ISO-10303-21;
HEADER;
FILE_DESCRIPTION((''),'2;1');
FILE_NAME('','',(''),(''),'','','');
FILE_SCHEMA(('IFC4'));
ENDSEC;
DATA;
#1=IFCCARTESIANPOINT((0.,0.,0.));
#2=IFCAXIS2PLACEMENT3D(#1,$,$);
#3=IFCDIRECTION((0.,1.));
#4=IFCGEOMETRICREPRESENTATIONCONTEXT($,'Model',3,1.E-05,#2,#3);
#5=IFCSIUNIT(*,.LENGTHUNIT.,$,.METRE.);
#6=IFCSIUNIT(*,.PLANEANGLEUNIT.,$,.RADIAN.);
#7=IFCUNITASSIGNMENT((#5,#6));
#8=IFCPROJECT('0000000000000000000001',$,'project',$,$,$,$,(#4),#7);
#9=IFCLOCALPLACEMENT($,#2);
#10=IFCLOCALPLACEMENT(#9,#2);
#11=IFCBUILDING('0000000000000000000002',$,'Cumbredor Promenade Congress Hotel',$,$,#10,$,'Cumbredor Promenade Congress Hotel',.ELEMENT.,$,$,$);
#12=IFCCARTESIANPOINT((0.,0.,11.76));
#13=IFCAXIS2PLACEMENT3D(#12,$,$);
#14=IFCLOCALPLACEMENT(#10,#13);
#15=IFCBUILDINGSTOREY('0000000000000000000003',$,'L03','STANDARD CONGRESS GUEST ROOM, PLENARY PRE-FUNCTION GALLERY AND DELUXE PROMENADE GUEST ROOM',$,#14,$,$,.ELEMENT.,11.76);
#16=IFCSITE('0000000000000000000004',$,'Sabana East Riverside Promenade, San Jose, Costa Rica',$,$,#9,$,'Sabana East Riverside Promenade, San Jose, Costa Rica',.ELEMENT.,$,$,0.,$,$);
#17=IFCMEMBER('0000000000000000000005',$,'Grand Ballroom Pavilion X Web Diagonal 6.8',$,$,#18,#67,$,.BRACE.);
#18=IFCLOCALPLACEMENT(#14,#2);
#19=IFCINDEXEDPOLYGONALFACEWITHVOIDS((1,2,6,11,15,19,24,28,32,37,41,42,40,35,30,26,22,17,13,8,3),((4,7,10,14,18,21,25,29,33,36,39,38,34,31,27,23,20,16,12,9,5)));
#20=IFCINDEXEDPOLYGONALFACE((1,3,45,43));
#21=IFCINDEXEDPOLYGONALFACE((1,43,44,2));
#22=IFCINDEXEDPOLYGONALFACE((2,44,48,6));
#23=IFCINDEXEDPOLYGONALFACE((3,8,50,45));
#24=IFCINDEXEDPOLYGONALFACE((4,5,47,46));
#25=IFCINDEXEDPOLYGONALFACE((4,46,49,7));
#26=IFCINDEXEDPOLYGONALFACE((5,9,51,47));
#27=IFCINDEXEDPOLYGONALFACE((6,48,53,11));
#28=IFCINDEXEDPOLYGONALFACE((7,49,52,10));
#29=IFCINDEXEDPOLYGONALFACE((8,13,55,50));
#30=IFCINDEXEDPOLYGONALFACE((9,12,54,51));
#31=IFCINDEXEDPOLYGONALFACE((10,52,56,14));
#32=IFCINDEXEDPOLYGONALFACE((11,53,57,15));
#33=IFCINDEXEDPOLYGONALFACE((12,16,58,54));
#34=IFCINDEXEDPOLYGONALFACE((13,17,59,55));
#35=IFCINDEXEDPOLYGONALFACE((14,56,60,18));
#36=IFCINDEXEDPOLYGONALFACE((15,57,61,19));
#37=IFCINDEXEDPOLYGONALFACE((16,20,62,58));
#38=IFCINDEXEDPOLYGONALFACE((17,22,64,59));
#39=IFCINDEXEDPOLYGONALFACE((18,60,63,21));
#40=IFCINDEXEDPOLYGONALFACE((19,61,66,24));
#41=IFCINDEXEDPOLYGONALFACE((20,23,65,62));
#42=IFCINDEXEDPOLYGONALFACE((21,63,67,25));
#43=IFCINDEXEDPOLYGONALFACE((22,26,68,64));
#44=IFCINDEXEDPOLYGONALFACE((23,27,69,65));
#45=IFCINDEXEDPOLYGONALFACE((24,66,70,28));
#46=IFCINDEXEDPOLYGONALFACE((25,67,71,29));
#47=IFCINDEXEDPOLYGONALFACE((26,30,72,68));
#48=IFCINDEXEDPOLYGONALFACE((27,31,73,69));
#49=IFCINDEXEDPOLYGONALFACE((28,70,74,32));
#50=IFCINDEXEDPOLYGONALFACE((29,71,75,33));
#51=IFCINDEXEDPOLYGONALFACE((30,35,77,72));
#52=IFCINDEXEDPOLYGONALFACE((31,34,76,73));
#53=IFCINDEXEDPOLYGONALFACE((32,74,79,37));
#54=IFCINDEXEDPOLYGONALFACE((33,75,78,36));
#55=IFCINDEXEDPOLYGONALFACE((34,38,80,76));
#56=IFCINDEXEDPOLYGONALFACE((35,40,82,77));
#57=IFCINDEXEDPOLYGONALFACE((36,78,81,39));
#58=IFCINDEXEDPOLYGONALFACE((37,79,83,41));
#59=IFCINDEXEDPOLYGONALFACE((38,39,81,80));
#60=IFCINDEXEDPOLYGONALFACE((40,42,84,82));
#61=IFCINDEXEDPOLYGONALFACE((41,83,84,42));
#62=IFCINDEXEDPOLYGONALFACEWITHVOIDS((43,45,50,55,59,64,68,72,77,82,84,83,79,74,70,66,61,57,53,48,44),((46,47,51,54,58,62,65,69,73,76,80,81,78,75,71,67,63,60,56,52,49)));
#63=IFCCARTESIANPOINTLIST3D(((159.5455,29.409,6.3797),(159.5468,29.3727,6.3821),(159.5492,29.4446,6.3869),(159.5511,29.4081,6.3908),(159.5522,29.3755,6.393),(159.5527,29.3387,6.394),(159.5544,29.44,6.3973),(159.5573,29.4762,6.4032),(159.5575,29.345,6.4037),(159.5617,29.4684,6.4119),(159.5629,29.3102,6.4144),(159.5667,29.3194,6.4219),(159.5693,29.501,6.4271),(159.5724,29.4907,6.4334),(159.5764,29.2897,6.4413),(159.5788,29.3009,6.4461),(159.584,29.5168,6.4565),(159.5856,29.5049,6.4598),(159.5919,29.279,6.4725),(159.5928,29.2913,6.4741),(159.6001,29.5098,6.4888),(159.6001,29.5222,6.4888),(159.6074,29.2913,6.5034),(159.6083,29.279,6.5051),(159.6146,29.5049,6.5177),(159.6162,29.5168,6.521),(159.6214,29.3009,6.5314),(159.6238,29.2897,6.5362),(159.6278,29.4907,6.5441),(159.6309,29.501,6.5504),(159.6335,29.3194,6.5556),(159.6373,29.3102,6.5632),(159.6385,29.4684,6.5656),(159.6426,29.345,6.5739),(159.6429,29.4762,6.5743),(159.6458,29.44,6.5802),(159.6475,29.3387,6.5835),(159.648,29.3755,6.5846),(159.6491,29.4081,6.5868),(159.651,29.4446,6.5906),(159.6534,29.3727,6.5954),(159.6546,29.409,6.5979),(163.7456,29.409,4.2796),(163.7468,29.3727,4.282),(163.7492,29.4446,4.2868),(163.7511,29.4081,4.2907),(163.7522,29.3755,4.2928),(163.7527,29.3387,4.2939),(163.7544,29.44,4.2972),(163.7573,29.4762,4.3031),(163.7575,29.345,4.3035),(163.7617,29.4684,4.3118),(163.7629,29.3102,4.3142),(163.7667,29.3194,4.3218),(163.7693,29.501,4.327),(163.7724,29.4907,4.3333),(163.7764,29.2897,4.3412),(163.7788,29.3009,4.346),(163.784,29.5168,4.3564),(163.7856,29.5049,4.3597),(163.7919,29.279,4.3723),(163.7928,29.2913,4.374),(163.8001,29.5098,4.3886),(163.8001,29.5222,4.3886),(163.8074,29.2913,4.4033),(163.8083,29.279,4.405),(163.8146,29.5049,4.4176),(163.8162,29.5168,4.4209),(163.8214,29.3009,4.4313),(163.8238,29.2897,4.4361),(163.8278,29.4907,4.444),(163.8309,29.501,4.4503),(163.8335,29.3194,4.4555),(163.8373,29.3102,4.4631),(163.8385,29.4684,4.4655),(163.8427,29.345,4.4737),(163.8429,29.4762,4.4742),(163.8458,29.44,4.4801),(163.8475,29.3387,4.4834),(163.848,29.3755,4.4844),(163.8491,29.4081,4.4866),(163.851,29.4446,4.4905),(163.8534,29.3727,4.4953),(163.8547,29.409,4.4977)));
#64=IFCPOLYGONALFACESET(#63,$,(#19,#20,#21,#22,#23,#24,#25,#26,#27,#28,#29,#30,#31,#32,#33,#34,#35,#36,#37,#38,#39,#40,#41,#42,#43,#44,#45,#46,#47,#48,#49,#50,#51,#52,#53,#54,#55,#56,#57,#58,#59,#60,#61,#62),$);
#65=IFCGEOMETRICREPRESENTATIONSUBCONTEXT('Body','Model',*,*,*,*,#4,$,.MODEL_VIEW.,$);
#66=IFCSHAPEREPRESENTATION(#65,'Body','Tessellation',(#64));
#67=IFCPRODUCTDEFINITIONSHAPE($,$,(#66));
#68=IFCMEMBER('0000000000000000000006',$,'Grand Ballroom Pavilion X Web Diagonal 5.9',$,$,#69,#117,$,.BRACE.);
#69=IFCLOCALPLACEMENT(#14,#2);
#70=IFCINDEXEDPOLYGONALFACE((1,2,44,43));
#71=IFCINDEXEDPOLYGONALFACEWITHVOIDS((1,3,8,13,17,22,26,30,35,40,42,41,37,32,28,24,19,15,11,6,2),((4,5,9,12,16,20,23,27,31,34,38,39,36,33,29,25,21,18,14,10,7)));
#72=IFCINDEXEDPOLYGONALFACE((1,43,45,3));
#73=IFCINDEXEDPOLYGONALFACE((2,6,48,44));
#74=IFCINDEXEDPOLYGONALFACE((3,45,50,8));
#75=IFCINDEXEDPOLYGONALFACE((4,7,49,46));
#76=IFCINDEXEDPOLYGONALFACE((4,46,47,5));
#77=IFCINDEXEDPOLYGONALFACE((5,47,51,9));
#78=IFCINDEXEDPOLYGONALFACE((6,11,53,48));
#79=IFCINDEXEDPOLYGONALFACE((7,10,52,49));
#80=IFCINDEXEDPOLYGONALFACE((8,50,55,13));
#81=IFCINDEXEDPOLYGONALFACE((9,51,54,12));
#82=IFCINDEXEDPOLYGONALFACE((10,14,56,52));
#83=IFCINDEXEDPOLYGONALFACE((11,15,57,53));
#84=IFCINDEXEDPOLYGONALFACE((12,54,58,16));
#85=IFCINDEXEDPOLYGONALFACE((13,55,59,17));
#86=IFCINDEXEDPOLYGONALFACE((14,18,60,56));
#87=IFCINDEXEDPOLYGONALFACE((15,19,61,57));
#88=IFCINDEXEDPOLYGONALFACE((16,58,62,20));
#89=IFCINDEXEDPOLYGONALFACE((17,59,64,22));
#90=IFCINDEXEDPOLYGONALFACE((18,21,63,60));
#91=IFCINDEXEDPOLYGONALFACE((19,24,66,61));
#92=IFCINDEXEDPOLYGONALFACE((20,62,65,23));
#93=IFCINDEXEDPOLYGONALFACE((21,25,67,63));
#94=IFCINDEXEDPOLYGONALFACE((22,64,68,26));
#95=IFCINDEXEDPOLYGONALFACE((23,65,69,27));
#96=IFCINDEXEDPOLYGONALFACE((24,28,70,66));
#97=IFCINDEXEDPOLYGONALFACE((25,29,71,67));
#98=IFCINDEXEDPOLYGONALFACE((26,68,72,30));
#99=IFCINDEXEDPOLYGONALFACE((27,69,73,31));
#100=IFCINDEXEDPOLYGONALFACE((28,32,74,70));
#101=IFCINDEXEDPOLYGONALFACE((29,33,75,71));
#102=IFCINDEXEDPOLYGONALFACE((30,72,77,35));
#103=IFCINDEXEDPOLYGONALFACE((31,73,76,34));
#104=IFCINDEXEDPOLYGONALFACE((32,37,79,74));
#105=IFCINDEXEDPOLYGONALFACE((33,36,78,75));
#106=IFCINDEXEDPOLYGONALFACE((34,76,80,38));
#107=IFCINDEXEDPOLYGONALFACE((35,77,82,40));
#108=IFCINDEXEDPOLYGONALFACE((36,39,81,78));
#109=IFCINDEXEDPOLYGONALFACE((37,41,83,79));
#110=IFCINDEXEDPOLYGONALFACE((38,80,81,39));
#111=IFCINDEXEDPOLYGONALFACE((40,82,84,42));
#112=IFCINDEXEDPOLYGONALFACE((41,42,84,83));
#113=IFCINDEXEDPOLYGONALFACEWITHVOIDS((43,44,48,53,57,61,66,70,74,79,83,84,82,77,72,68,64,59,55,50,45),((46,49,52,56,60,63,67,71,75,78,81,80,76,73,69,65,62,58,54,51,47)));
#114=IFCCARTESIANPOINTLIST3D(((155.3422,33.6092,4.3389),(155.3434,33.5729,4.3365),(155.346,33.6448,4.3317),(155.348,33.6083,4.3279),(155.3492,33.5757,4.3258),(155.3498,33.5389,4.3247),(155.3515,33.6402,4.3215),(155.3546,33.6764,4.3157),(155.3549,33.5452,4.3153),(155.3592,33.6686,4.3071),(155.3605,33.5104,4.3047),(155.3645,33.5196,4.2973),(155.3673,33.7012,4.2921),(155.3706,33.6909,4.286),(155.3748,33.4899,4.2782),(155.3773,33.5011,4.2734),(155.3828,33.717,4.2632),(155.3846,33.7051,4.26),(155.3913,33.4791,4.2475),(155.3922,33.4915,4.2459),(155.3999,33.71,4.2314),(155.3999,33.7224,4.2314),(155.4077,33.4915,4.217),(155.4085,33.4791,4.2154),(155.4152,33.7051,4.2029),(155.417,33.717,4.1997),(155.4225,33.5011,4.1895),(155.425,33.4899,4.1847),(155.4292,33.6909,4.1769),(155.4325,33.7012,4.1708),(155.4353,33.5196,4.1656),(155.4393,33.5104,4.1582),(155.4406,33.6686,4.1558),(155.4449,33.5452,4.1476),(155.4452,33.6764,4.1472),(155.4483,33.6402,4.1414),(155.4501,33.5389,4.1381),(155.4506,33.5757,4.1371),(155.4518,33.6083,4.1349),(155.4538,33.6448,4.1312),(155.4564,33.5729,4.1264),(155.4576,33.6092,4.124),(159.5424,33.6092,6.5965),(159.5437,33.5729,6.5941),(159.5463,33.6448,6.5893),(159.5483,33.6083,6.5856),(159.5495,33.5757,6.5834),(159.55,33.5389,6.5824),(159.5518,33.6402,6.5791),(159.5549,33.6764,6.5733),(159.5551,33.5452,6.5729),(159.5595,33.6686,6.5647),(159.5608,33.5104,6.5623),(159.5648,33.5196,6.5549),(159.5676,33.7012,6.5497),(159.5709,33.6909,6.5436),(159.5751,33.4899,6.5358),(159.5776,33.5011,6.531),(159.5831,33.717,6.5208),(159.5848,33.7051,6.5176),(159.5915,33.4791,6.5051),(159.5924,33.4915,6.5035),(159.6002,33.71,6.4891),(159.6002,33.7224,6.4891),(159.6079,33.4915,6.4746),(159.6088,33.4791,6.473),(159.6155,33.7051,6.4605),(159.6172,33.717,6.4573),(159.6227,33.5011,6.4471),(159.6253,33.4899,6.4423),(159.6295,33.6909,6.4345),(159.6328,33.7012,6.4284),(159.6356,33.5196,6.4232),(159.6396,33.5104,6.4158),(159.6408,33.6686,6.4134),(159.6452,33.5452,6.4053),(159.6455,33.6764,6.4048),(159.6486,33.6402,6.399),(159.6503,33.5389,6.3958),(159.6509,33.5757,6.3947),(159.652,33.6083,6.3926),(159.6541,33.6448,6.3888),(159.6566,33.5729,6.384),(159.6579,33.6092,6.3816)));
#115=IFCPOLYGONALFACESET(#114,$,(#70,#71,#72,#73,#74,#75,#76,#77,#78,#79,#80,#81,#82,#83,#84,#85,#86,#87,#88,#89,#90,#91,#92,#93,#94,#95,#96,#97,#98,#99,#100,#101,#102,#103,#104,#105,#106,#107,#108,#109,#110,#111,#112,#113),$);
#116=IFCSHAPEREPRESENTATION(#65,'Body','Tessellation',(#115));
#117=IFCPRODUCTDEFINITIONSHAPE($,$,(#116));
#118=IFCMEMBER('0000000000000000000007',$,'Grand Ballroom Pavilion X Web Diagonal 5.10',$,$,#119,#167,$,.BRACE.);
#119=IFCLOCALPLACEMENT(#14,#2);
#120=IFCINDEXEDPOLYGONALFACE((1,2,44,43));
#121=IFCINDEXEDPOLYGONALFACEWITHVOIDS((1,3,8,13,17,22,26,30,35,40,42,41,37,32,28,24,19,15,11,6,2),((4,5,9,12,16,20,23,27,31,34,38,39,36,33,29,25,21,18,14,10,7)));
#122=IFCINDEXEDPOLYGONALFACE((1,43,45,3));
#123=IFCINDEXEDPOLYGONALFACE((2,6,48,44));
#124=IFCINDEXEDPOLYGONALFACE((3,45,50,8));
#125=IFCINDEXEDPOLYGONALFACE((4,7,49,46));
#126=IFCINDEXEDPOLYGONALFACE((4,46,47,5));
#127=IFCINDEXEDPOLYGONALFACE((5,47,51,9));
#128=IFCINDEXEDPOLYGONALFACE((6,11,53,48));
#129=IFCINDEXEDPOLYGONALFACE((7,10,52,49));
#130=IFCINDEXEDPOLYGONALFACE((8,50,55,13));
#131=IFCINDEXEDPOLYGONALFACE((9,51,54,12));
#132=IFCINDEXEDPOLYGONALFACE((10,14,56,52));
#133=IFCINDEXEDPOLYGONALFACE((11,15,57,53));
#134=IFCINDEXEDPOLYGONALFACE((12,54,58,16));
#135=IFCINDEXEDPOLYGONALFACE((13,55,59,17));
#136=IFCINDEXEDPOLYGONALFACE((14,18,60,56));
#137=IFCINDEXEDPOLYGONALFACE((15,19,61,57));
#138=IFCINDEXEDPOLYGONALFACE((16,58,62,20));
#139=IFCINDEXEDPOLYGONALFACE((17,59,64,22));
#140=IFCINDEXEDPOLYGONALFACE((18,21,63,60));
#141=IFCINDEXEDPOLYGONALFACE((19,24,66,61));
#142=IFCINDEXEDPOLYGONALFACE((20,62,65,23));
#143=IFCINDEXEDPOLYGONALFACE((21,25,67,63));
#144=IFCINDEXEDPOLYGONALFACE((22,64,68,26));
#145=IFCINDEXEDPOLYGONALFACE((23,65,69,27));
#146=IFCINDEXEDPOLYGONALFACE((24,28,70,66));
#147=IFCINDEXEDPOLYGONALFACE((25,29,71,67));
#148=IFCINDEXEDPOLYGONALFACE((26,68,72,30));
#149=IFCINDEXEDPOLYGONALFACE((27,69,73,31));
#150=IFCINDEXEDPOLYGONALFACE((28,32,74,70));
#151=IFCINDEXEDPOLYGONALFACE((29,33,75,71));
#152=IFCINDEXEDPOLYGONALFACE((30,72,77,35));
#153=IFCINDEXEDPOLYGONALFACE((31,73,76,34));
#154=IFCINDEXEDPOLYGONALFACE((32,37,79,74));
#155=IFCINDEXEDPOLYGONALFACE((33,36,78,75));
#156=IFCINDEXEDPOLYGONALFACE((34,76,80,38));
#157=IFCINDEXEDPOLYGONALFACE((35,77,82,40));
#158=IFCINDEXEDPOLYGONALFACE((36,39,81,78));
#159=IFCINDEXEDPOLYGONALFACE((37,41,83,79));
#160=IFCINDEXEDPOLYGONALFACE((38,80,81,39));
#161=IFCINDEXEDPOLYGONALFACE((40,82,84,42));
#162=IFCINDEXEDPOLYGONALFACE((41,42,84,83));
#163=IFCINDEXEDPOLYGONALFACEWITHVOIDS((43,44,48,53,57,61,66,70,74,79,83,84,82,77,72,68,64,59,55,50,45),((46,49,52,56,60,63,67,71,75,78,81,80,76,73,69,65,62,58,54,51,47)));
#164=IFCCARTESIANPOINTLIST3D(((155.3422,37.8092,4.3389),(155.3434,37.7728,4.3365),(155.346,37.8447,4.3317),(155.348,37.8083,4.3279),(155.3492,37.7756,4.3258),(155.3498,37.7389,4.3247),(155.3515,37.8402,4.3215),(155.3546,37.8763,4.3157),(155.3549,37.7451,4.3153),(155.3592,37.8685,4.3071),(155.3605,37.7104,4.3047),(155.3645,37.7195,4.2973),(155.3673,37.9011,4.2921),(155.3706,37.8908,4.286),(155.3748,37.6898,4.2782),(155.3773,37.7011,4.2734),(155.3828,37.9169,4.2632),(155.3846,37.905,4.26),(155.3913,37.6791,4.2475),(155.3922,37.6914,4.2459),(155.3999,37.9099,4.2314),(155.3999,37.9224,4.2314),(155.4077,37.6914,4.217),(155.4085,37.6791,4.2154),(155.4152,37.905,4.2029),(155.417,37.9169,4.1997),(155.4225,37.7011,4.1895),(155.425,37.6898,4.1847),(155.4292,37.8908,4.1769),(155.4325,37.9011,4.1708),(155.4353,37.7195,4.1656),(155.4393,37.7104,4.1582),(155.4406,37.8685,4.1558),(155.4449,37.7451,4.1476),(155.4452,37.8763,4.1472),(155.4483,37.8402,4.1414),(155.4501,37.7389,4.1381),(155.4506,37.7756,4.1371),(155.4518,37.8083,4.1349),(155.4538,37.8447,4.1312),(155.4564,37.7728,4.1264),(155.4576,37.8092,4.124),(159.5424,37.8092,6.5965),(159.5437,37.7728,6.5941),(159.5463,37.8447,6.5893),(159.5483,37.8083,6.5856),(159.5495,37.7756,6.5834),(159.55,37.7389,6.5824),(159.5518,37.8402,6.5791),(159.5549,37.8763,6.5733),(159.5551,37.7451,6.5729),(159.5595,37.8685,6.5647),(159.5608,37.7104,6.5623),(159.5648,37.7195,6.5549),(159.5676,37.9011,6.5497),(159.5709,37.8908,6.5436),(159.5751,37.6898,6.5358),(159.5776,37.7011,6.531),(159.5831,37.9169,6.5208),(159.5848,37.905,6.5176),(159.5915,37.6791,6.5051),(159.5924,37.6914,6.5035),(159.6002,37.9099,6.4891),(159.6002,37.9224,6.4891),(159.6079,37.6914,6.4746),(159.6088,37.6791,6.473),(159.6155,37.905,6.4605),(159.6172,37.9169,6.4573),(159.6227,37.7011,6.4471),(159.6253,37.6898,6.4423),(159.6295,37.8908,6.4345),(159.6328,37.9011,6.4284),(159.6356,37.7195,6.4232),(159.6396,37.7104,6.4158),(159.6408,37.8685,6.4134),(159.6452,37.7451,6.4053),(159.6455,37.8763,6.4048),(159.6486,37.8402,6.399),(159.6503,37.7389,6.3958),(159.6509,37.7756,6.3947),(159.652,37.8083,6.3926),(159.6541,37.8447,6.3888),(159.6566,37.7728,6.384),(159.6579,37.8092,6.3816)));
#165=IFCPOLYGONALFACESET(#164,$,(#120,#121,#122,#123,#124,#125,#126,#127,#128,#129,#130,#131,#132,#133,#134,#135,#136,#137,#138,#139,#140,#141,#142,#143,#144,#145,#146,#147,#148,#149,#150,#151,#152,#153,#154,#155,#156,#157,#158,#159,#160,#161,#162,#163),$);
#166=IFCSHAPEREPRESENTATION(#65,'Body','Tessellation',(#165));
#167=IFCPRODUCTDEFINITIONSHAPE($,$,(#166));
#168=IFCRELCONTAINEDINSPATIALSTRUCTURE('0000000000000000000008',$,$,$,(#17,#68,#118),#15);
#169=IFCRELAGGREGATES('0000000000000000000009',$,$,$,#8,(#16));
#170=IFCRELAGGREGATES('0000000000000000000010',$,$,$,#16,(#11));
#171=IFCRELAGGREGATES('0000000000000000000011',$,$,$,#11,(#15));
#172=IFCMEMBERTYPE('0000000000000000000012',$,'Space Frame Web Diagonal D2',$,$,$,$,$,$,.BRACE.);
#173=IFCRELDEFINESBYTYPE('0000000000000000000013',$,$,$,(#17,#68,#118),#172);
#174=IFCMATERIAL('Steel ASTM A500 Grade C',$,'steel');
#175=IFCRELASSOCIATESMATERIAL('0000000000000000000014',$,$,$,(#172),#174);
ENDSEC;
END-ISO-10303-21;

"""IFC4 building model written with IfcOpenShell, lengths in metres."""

from ifc_helpers import new_model, si_unit, direction, frame, origin, origin_2d, place, context, subcontext, project, spatial, hollow_circle, extrude, material, material_profile, profile_set, type_object, element, save


model = new_model("IFC4")

# Units and contexts
model_context = context("Model", 3, precision=1e-05, world=origin(), true_north=direction((0.0, 1.0)))
body_context = subcontext(model_context, "Body", "Model", "MODEL_VIEW")
ifc_project = project(units=[si_unit("LENGTHUNIT", "METRE"), si_unit("PLANEANGLEUNIT", "RADIAN")], contexts=[model_context])

# Site, building, storey
site_placement = place(None, origin())
site = spatial("IfcSite", under=ifc_project, at=site_placement, Name="Sabana East Riverside Promenade, San Jose, Costa Rica", LongName="Sabana East Riverside Promenade, San Jose, Costa Rica", CompositionType="ELEMENT", RefElevation=0.0)
building_placement = place(site_placement, origin())
building = spatial("IfcBuilding", under=site, at=building_placement, Name="Cumbredor Promenade Congress Hotel", LongName="Cumbredor Promenade Congress Hotel", CompositionType="ELEMENT")
storey_placement = place(building_placement, frame((0.0, 0.0, 11.76)))
storey = spatial("IfcBuildingStorey", under=building, at=storey_placement, Name="L03", Description="STANDARD CONGRESS GUEST ROOM, PLENARY PRE-FUNCTION GALLERY AND DELUXE PROMENADE GUEST ROOM", CompositionType="ELEMENT", Elevation=11.76)

# Members
ifc_material_1 = material(Name="Steel ASTM A500 Grade C", Category="steel")
ifc_material_profile_1 = material_profile(ifc_material_1, hollow_circle(Radius=0.1223, WallThickness=0.0125, at=origin_2d()), Name="CHS 244.5x12.5")
ifc_profile_set_1 = profile_set([ifc_material_profile_1], Name="Steel ASTM A500 Grade C")
member_type_1 = type_object("IfcMemberType", Name="Space Frame Web Diagonal D2", PredefinedType="BRACE", material=ifc_profile_set_1)
member_1_placement = place(storey_placement, frame((159.6001, 29.3999, 6.4888), z_axis=(0.894417, 0.0, -0.447234), x_axis=(0.0, 1.0, 0.0)))
element("IfcMember", 1, at=member_1_placement, inside=storey, type_object=member_type_1, Name="Grand Ballroom Pavilion X Web Diagonal 6.8", PredefinedType="BRACE", context=body_context, shape_type="SweptSolid", body=[
    extrude(hollow_circle(Radius=0.1223, WallThickness=0.0125, at=origin_2d()), origin(), (0.0, 0.0, 1.0), 4.6958),
])
for number, where, z_axis, x_axis, name in (
    (2, (155.3999, 33.6001, 4.2314), (0.880828, 0.0, 0.473437), (0.0, 1.0, 0.0), "Grand Ballroom Pavilion X Web Diagonal 5.9"),
    (3, (155.3999, 37.8, 4.2314), (0.880828, 0.0, 0.473437), (0.0, 1.0, 0.0), "Grand Ballroom Pavilion X Web Diagonal 5.10"),
):
    element("IfcMember", number, at=place(storey_placement, frame(where, z_axis=z_axis, x_axis=x_axis)), inside=storey, type_object=member_type_1, Name=name, PredefinedType="BRACE", context=body_context, shape_type="SweptSolid", body=[
        extrude(hollow_circle(Radius=0.1223, WallThickness=0.0125, at=origin_2d()), origin(), (0.0, 0.0, 1.0), 4.7686),
    ])

save(model, "model.ifc")
